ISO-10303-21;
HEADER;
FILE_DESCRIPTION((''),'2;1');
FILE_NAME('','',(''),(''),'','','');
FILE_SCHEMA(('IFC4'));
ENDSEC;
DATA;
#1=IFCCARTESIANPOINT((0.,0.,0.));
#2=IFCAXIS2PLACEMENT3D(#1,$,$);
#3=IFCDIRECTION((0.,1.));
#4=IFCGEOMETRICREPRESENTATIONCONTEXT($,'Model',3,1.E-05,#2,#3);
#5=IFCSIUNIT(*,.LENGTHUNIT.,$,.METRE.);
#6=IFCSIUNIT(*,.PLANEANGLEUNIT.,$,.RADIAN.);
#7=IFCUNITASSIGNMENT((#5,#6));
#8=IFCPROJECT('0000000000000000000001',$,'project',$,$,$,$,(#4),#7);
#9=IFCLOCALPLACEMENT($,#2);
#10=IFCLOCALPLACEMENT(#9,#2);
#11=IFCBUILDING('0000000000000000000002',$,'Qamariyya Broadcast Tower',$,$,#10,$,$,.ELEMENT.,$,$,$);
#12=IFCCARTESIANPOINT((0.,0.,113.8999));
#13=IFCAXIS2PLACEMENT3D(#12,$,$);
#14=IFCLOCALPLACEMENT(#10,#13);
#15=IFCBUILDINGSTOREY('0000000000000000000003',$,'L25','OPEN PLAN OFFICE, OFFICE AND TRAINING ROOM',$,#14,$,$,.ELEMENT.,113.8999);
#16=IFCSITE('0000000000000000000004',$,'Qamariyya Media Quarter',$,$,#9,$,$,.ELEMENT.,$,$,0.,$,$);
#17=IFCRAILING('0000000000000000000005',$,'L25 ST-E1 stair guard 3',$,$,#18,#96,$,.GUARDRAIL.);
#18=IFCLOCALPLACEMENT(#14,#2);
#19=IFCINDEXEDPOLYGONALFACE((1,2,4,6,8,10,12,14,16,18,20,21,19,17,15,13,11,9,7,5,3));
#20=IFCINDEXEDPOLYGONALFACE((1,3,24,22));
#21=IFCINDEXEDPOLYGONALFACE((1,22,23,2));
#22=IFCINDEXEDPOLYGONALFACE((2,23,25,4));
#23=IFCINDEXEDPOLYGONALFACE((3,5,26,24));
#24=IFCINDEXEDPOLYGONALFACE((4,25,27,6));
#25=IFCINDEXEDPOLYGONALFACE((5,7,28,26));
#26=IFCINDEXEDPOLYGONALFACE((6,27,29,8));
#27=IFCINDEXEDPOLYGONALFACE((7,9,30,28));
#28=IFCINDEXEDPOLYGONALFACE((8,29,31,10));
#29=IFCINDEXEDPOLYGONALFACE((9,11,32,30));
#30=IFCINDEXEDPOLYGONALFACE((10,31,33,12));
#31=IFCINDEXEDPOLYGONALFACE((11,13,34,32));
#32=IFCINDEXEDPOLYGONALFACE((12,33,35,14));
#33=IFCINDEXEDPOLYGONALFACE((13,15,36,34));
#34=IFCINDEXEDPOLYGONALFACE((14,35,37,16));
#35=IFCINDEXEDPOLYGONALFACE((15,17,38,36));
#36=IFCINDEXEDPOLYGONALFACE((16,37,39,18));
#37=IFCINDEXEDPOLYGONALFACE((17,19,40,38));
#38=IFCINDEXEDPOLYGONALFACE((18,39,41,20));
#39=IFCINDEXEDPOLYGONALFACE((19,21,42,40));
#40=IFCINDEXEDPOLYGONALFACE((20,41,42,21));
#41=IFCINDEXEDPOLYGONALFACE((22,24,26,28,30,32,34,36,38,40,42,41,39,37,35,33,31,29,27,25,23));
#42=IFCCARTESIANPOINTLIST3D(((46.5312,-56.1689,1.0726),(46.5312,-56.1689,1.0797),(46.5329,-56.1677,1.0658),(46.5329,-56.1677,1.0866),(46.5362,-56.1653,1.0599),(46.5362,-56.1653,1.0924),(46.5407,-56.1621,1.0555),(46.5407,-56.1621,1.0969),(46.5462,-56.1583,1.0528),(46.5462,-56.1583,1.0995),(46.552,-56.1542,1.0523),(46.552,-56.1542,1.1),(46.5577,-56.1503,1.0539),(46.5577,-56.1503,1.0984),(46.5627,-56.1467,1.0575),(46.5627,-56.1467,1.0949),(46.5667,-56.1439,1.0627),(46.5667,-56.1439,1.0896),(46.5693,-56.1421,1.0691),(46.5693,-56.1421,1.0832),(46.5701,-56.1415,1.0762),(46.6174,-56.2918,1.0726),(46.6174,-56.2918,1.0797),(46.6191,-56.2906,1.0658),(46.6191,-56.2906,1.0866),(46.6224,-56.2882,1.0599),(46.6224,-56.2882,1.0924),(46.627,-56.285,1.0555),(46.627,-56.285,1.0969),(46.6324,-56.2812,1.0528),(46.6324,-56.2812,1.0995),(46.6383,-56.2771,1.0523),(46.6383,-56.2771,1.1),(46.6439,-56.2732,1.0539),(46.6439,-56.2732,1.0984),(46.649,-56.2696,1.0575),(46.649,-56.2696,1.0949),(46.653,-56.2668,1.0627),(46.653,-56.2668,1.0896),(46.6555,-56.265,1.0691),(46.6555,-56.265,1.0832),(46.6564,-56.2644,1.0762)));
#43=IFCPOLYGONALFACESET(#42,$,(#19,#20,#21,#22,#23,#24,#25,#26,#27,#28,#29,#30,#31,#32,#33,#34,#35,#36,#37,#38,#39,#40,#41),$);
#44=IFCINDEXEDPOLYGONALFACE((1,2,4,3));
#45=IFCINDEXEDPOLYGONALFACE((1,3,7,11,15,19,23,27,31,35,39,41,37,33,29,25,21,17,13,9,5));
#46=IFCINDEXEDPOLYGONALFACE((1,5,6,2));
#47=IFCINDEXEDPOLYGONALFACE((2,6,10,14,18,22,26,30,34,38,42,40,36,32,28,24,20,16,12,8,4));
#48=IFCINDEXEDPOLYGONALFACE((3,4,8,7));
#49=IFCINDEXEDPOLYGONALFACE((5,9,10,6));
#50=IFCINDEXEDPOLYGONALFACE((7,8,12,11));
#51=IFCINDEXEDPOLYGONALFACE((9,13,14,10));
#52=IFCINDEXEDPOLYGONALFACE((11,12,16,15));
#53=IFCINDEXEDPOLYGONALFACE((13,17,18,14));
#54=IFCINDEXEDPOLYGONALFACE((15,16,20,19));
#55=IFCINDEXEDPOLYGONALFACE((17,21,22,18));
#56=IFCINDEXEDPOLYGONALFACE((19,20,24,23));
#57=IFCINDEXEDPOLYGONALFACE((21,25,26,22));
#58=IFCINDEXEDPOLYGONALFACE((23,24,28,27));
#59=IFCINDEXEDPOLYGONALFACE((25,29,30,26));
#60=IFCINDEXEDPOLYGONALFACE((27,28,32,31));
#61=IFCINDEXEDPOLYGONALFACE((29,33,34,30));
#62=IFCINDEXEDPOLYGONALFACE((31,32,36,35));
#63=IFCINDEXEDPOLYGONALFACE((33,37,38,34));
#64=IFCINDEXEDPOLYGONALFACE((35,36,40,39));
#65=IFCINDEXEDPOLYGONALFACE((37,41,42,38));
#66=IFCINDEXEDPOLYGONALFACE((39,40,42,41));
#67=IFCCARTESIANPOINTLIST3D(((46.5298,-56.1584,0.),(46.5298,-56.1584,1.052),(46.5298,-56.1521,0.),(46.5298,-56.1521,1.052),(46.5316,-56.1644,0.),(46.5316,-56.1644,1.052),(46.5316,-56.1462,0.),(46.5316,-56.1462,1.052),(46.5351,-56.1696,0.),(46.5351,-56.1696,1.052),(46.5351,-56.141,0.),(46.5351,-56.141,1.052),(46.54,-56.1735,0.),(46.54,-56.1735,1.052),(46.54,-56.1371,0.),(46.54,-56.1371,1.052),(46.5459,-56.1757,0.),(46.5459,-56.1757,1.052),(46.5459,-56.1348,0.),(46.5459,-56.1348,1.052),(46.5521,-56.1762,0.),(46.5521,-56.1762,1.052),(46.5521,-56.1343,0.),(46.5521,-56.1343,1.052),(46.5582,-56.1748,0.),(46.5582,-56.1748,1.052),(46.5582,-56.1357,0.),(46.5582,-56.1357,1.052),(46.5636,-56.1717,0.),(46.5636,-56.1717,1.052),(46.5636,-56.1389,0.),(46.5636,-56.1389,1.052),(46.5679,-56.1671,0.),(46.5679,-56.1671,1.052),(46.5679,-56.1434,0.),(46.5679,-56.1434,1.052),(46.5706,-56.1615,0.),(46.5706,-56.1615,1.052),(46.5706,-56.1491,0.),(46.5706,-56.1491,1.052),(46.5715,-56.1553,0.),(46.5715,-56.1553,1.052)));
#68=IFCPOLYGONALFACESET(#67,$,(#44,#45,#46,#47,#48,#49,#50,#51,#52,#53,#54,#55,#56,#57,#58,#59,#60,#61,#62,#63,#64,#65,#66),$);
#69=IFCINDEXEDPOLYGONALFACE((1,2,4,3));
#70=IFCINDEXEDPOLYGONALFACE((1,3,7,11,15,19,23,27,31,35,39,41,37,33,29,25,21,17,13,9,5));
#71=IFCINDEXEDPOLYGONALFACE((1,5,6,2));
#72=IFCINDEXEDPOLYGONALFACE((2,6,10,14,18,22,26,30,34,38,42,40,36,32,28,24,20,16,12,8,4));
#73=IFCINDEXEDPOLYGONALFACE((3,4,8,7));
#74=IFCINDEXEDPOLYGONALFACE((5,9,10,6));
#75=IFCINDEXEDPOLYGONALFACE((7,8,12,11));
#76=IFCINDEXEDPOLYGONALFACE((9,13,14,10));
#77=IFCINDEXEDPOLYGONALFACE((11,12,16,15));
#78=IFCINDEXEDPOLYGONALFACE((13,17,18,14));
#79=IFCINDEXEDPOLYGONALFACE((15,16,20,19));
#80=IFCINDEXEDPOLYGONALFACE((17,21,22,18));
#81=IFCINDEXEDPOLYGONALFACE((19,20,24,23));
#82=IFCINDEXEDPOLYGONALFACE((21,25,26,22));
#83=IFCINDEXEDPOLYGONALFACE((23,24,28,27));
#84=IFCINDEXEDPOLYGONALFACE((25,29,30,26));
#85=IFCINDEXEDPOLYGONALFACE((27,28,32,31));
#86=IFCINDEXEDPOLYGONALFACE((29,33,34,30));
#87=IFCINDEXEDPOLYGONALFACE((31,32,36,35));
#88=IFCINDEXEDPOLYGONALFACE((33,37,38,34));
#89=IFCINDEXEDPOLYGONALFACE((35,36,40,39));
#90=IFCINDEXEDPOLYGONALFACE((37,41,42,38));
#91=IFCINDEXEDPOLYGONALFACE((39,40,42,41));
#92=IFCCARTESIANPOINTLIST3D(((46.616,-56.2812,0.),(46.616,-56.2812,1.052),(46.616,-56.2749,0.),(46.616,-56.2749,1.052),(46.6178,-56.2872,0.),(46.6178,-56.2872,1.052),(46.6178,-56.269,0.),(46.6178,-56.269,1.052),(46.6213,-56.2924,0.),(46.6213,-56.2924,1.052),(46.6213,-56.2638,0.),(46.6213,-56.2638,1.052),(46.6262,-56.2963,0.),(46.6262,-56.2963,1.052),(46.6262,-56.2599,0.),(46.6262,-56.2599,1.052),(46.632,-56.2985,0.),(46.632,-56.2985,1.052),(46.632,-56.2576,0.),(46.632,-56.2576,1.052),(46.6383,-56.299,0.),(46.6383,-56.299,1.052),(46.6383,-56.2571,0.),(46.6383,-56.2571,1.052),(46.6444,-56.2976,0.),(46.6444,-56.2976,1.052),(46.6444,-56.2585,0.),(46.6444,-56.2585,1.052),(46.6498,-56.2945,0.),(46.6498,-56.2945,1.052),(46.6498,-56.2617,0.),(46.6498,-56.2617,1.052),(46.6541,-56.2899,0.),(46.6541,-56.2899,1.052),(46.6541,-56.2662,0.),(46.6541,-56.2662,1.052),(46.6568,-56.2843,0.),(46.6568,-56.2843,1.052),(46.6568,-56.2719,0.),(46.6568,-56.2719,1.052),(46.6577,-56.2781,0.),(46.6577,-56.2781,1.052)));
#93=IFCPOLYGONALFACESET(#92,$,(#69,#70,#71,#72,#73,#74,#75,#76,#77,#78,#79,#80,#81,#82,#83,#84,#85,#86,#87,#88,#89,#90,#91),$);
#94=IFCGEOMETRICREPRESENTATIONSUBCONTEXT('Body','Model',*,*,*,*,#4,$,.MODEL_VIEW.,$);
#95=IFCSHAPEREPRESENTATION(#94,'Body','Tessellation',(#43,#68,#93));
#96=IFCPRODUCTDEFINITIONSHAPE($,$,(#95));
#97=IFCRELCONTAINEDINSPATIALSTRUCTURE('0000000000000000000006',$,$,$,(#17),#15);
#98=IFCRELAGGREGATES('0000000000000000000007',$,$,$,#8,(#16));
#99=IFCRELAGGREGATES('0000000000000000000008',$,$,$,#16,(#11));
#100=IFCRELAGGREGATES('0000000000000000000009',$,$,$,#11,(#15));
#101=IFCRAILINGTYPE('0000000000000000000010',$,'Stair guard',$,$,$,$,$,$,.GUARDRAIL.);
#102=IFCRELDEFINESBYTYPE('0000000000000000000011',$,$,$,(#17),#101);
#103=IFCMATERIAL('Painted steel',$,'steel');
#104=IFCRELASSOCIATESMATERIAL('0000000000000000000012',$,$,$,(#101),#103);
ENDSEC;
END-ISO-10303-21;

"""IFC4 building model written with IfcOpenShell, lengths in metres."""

from ifc_helpers import new_model, si_unit, direction, frame, origin, origin_2d, place, context, subcontext, project, spatial, circle, extrude, material, type_object, element, save


model = new_model("IFC4")

# Units and contexts
model_context = context("Model", 3, precision=1e-05, world=origin(), true_north=direction((0.0, 1.0)))
body_context = subcontext(model_context, "Body", "Model", "MODEL_VIEW")
ifc_project = project(units=[si_unit("LENGTHUNIT", "METRE"), si_unit("PLANEANGLEUNIT", "RADIAN")], contexts=[model_context])

# Site, building, storey
site_placement = place(None, origin())
site = spatial("IfcSite", under=ifc_project, at=site_placement, Name="Qamariyya Media Quarter", CompositionType="ELEMENT", RefElevation=0.0)
building_placement = place(site_placement, origin())
building = spatial("IfcBuilding", under=site, at=building_placement, Name="Qamariyya Broadcast Tower", CompositionType="ELEMENT")
storey_placement = place(building_placement, frame((0.0, 0.0, 113.8999)))
storey = spatial("IfcBuildingStorey", under=building, at=storey_placement, Name="L25", Description="OPEN PLAN OFFICE, OFFICE AND TRAINING ROOM", CompositionType="ELEMENT", Elevation=113.8999)

# Railing
ifc_material_1 = material(Name="Painted steel", Category="steel")
railing_type_1 = type_object("IfcRailingType", Name="Stair guard", PredefinedType="GUARDRAIL", material=ifc_material_1)
railing_1_placement = place(storey_placement, frame((46.5505, -56.1553, 0.0)))
element("IfcRailing", 1, at=railing_1_placement, inside=storey, type_object=railing_type_1, Name="L25 ST-E1 stair guard 3", PredefinedType="GUARDRAIL", context=body_context, shape_type="SweptSolid", body=[
    extrude(circle(Radius=0.0239, at=origin_2d()), frame((0.0, 0.0, 1.0762), z_axis=(0.574445, -0.818543, 0.0), x_axis=(0.818543, 0.574445, 0.0)), (0.0, 0.0, 1.0), 0.1501),
    extrude(circle(Radius=0.021, at=origin_2d()), origin(), (0.0, 0.0, 1.0), 1.052),
    extrude(circle(Radius=0.021, at=origin_2d()), frame((0.0862, -0.1228, 0.0)), (0.0, 0.0, 1.0), 1.052),
])

save(model, "model.ifc")
